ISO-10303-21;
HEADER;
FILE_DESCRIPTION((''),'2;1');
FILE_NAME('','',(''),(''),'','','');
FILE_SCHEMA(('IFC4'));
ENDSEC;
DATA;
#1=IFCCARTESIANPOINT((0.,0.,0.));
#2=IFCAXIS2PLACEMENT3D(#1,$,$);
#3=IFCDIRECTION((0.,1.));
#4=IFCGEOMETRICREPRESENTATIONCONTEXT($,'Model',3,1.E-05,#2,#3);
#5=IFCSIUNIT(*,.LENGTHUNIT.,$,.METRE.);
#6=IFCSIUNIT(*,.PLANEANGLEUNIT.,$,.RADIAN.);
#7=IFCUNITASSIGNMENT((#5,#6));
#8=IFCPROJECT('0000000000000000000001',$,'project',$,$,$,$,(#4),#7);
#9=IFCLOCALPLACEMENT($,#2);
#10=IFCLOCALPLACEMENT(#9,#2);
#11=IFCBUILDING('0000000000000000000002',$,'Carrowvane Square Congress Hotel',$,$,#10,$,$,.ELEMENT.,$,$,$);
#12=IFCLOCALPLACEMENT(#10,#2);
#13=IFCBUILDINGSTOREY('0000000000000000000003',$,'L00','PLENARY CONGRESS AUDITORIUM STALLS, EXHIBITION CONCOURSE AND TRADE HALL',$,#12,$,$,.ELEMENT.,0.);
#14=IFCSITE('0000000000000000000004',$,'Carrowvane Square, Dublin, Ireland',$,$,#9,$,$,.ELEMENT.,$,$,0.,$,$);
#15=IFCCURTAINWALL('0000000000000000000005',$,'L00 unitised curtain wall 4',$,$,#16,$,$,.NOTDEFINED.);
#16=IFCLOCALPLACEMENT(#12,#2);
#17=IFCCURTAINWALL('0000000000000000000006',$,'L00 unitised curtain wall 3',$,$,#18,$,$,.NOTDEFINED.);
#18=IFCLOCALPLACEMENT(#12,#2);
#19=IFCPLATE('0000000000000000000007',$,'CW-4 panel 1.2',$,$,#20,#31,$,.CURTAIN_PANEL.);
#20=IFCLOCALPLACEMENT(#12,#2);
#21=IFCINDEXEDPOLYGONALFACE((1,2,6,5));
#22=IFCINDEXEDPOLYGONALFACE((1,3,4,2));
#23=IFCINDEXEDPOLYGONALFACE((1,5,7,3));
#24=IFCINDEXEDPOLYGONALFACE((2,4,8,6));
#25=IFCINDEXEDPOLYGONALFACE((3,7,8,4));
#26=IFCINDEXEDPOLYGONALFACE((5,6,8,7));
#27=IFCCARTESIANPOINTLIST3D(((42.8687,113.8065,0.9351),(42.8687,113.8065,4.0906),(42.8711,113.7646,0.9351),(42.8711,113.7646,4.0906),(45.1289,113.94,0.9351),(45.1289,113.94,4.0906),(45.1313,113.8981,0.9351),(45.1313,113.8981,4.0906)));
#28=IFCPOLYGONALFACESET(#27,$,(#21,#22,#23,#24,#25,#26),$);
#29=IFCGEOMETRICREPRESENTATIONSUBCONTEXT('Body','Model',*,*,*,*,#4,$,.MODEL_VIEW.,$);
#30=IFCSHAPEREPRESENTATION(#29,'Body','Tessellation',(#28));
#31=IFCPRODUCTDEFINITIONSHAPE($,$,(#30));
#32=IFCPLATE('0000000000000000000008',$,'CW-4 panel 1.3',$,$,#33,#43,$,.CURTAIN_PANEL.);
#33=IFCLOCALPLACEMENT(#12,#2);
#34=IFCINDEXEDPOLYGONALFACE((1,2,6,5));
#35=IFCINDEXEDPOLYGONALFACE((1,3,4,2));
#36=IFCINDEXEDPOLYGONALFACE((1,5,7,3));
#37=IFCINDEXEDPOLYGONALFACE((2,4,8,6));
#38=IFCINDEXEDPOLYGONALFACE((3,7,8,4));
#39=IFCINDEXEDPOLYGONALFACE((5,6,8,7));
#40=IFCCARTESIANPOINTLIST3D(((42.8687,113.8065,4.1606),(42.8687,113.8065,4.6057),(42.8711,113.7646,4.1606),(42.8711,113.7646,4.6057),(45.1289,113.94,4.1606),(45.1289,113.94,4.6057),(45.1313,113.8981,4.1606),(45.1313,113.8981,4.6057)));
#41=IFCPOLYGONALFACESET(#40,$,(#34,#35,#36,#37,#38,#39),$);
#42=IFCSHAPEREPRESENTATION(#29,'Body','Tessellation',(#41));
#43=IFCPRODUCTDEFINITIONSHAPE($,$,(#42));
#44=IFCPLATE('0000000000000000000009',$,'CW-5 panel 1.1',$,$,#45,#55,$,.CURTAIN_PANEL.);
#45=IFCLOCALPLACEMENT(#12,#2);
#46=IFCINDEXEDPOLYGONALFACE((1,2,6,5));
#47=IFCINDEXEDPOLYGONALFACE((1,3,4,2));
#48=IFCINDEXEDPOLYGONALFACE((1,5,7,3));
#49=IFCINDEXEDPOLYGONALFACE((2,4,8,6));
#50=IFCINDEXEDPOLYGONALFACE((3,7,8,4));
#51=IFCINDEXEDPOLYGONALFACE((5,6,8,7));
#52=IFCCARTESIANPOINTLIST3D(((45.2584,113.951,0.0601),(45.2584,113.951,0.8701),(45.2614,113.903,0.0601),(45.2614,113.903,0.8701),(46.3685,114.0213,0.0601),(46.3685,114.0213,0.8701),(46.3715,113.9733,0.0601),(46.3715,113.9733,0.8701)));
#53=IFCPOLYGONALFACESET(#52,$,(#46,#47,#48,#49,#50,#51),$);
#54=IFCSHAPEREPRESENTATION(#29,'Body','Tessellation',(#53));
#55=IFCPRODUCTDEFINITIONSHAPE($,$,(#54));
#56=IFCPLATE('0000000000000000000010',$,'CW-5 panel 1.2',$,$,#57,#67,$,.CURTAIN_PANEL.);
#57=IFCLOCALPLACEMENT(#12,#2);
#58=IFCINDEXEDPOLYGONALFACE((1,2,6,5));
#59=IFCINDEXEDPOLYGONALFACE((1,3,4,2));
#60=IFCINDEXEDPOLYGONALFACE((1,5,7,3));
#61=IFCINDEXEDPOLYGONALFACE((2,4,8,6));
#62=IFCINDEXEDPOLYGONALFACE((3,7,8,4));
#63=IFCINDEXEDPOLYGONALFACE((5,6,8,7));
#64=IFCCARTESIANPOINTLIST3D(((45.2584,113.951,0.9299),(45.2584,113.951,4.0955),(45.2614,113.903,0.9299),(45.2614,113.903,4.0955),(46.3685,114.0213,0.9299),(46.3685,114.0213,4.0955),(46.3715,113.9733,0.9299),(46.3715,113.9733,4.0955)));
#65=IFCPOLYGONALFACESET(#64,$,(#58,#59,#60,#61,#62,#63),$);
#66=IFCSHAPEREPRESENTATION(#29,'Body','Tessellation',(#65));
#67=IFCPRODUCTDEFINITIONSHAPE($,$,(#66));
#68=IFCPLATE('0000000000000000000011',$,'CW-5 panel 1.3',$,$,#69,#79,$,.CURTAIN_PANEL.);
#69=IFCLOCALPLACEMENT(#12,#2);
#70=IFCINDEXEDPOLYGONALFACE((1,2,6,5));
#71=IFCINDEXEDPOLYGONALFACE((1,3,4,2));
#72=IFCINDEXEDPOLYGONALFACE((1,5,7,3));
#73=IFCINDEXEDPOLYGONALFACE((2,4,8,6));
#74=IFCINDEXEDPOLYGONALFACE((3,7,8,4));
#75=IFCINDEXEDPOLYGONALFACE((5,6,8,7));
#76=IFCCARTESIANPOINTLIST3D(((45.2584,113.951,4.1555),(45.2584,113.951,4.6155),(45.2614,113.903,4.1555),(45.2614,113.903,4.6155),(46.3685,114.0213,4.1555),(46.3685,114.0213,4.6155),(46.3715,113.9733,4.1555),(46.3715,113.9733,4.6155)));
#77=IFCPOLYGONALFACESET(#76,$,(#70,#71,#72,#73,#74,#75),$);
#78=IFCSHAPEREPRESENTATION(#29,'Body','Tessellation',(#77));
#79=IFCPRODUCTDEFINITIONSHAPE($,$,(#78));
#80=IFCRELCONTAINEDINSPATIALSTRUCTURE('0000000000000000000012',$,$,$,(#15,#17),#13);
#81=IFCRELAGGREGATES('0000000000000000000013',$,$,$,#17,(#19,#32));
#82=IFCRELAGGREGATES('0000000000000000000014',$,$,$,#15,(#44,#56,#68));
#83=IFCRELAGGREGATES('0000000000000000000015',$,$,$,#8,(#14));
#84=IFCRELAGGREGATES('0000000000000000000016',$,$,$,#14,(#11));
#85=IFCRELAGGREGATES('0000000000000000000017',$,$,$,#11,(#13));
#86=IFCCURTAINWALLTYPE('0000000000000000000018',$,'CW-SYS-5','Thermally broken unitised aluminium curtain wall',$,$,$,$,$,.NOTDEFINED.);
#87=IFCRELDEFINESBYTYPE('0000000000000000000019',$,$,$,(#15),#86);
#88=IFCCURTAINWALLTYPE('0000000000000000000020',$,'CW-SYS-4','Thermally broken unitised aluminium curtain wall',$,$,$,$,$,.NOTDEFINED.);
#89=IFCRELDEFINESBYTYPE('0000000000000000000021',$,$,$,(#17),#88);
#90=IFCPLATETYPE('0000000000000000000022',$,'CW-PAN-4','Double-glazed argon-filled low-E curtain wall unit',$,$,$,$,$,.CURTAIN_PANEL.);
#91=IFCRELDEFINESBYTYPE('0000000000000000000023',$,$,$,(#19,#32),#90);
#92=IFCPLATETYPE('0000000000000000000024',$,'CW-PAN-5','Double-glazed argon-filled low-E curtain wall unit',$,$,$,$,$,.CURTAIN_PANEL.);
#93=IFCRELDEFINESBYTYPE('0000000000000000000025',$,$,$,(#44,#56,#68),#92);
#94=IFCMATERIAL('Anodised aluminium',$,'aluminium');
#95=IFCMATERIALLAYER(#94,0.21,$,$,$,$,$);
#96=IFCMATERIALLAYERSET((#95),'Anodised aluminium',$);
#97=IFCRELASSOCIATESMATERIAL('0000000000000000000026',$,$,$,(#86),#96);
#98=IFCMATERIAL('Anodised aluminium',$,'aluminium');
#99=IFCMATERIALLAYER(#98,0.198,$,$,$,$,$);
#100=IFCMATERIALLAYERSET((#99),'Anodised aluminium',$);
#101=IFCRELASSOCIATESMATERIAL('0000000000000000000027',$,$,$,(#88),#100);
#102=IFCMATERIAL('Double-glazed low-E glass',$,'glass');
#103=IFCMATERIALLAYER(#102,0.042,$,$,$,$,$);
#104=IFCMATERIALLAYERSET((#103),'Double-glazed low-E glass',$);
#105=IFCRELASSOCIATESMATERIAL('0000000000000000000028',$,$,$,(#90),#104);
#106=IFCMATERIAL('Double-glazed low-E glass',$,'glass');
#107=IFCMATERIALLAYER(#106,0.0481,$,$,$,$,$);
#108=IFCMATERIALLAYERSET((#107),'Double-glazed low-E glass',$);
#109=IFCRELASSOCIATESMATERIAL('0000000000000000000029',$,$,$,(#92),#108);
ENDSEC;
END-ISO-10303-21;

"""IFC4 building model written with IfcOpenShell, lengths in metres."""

from ifc_helpers import new_model, si_unit, direction, frame, origin, origin_2d, place, context, subcontext, project, spatial, rectangle, extrude, material, layer, layer_set, type_object, element, aggregate, save


model = new_model("IFC4")

# Units and contexts
model_context = context("Model", 3, precision=1e-05, world=origin(), true_north=direction((0.0, 1.0)))
body_context = subcontext(model_context, "Body", "Model", "MODEL_VIEW")
ifc_project = project(units=[si_unit("LENGTHUNIT", "METRE"), si_unit("PLANEANGLEUNIT", "RADIAN")], contexts=[model_context])

# Site, building, storey
site_placement = place(None, origin())
site = spatial("IfcSite", under=ifc_project, at=site_placement, Name="Carrowvane Square, Dublin, Ireland", CompositionType="ELEMENT", RefElevation=0.0)
building_placement = place(site_placement, origin())
building = spatial("IfcBuilding", under=site, at=building_placement, Name="Carrowvane Square Congress Hotel", CompositionType="ELEMENT")
storey_placement = place(building_placement, origin())
storey = spatial("IfcBuildingStorey", under=building, at=storey_placement, Name="L00", Description="PLENARY CONGRESS AUDITORIUM STALLS, EXHIBITION CONCOURSE AND TRADE HALL", CompositionType="ELEMENT", Elevation=0.0)

# Curtain wall
ifc_material_1 = material(Name="Anodised aluminium", Category="aluminium")
ifc_layer_1 = layer(ifc_material_1, 0.21)
ifc_layer_set_1 = layer_set([ifc_layer_1], Name="Anodised aluminium")
curtain_wall_type_1 = type_object("IfcCurtainWallType", Name="CW-SYS-5", Description="Thermally broken unitised aluminium curtain wall", PredefinedType="NOTDEFINED", material=ifc_layer_set_1)
curtain_wall_1_placement = place(storey_placement, origin())
curtain_wall_1 = element("IfcCurtainWall", 1, at=curtain_wall_1_placement, inside=storey, type_object=curtain_wall_type_1, Name="L00 unitised curtain wall 4", PredefinedType="NOTDEFINED")

# Curtain wall
ifc_material_2 = material(Name="Anodised aluminium", Category="aluminium")
ifc_layer_2 = layer(ifc_material_2, 0.198)
ifc_layer_set_2 = layer_set([ifc_layer_2], Name="Anodised aluminium")
curtain_wall_type_2 = type_object("IfcCurtainWallType", Name="CW-SYS-4", Description="Thermally broken unitised aluminium curtain wall", PredefinedType="NOTDEFINED", material=ifc_layer_set_2)
curtain_wall_2_placement = place(storey_placement, origin())
curtain_wall_2 = element("IfcCurtainWall", 2, at=curtain_wall_2_placement, inside=storey, type_object=curtain_wall_type_2, Name="L00 unitised curtain wall 3", PredefinedType="NOTDEFINED")

# Plates
ifc_material_3 = material(Name="Double-glazed low-E glass", Category="glass")
ifc_layer_3 = layer(ifc_material_3, 0.042)
ifc_layer_set_3 = layer_set([ifc_layer_3], Name="Double-glazed low-E glass")
plate_type_1 = type_object("IfcPlateType", Name="CW-PAN-4", Description="Double-glazed argon-filled low-E curtain wall unit", PredefinedType="CURTAIN_PANEL", material=ifc_layer_set_3)
plate_1_placement = place(storey_placement, frame((44.0, 113.8523, 0.9351), z_axis=(0.0, 0.0, 1.0), x_axis=(0.998259, 0.058989, 0.0)))
plate_1 = element("IfcPlate", 3, at=plate_1_placement, type_object=plate_type_1, Name="CW-4 panel 1.2", PredefinedType="CURTAIN_PANEL", context=body_context, shape_type="SweptSolid", body=[
    extrude(rectangle(XDim=2.2642, YDim=0.042, at=origin_2d()), origin(), (0.0, 0.0, 1.0), 3.1555),
])
plate_2_placement = place(storey_placement, frame((44.0, 113.8523, 4.1606), z_axis=(0.0, 0.0, 1.0), x_axis=(0.998259, 0.058989, 0.0)))
plate_2 = element("IfcPlate", 4, at=plate_2_placement, type_object=plate_type_1, Name="CW-4 panel 1.3", PredefinedType="CURTAIN_PANEL", context=body_context, shape_type="SweptSolid", body=[
    extrude(rectangle(XDim=2.2642, YDim=0.042, at=origin_2d()), origin(), (0.0, 0.0, 1.0), 0.4451),
])
aggregate(curtain_wall_2, [plate_1, plate_2])
ifc_material_4 = material(Name="Double-glazed low-E glass", Category="glass")
ifc_layer_4 = layer(ifc_material_4, 0.0481)
ifc_layer_set_4 = layer_set([ifc_layer_4], Name="Double-glazed low-E glass")
plate_type_2 = type_object("IfcPlateType", Name="CW-PAN-5", Description="Double-glazed argon-filled low-E curtain wall unit", PredefinedType="CURTAIN_PANEL", material=ifc_layer_set_4)
plate_3_placement = place(storey_placement, frame((45.8149, 113.9622, 0.0601), z_axis=(0.0, 0.0, 1.0), x_axis=(0.997996, 0.063273, 0.0)))
plate_3 = element("IfcPlate", 5, at=plate_3_placement, type_object=plate_type_2, Name="CW-5 panel 1.1", PredefinedType="CURTAIN_PANEL", context=body_context, shape_type="SweptSolid", body=[
    extrude(rectangle(XDim=1.1123, YDim=0.0481, at=origin_2d()), origin(), (0.0, 0.0, 1.0), 0.8101),
])
plate_4_placement = place(storey_placement, frame((45.8149, 113.9622, 0.9299), z_axis=(0.0, 0.0, 1.0), x_axis=(0.997996, 0.063273, 0.0)))
plate_4 = element("IfcPlate", 6, at=plate_4_placement, type_object=plate_type_2, Name="CW-5 panel 1.2", PredefinedType="CURTAIN_PANEL", context=body_context, shape_type="SweptSolid", body=[
    extrude(rectangle(XDim=1.1123, YDim=0.0481, at=origin_2d()), origin(), (0.0, 0.0, 1.0), 3.1655),
])
plate_5_placement = place(storey_placement, frame((45.8149, 113.9622, 4.1555), z_axis=(0.0, 0.0, 1.0), x_axis=(0.997996, 0.063273, 0.0)))
plate_5 = element("IfcPlate", 7, at=plate_5_placement, type_object=plate_type_2, Name="CW-5 panel 1.3", PredefinedType="CURTAIN_PANEL", context=body_context, shape_type="SweptSolid", body=[
    extrude(rectangle(XDim=1.1123, YDim=0.0481, at=origin_2d()), origin(), (0.0, 0.0, 1.0), 0.46),
])
aggregate(curtain_wall_1, [plate_3, plate_4, plate_5])

save(model, "model.ifc")
